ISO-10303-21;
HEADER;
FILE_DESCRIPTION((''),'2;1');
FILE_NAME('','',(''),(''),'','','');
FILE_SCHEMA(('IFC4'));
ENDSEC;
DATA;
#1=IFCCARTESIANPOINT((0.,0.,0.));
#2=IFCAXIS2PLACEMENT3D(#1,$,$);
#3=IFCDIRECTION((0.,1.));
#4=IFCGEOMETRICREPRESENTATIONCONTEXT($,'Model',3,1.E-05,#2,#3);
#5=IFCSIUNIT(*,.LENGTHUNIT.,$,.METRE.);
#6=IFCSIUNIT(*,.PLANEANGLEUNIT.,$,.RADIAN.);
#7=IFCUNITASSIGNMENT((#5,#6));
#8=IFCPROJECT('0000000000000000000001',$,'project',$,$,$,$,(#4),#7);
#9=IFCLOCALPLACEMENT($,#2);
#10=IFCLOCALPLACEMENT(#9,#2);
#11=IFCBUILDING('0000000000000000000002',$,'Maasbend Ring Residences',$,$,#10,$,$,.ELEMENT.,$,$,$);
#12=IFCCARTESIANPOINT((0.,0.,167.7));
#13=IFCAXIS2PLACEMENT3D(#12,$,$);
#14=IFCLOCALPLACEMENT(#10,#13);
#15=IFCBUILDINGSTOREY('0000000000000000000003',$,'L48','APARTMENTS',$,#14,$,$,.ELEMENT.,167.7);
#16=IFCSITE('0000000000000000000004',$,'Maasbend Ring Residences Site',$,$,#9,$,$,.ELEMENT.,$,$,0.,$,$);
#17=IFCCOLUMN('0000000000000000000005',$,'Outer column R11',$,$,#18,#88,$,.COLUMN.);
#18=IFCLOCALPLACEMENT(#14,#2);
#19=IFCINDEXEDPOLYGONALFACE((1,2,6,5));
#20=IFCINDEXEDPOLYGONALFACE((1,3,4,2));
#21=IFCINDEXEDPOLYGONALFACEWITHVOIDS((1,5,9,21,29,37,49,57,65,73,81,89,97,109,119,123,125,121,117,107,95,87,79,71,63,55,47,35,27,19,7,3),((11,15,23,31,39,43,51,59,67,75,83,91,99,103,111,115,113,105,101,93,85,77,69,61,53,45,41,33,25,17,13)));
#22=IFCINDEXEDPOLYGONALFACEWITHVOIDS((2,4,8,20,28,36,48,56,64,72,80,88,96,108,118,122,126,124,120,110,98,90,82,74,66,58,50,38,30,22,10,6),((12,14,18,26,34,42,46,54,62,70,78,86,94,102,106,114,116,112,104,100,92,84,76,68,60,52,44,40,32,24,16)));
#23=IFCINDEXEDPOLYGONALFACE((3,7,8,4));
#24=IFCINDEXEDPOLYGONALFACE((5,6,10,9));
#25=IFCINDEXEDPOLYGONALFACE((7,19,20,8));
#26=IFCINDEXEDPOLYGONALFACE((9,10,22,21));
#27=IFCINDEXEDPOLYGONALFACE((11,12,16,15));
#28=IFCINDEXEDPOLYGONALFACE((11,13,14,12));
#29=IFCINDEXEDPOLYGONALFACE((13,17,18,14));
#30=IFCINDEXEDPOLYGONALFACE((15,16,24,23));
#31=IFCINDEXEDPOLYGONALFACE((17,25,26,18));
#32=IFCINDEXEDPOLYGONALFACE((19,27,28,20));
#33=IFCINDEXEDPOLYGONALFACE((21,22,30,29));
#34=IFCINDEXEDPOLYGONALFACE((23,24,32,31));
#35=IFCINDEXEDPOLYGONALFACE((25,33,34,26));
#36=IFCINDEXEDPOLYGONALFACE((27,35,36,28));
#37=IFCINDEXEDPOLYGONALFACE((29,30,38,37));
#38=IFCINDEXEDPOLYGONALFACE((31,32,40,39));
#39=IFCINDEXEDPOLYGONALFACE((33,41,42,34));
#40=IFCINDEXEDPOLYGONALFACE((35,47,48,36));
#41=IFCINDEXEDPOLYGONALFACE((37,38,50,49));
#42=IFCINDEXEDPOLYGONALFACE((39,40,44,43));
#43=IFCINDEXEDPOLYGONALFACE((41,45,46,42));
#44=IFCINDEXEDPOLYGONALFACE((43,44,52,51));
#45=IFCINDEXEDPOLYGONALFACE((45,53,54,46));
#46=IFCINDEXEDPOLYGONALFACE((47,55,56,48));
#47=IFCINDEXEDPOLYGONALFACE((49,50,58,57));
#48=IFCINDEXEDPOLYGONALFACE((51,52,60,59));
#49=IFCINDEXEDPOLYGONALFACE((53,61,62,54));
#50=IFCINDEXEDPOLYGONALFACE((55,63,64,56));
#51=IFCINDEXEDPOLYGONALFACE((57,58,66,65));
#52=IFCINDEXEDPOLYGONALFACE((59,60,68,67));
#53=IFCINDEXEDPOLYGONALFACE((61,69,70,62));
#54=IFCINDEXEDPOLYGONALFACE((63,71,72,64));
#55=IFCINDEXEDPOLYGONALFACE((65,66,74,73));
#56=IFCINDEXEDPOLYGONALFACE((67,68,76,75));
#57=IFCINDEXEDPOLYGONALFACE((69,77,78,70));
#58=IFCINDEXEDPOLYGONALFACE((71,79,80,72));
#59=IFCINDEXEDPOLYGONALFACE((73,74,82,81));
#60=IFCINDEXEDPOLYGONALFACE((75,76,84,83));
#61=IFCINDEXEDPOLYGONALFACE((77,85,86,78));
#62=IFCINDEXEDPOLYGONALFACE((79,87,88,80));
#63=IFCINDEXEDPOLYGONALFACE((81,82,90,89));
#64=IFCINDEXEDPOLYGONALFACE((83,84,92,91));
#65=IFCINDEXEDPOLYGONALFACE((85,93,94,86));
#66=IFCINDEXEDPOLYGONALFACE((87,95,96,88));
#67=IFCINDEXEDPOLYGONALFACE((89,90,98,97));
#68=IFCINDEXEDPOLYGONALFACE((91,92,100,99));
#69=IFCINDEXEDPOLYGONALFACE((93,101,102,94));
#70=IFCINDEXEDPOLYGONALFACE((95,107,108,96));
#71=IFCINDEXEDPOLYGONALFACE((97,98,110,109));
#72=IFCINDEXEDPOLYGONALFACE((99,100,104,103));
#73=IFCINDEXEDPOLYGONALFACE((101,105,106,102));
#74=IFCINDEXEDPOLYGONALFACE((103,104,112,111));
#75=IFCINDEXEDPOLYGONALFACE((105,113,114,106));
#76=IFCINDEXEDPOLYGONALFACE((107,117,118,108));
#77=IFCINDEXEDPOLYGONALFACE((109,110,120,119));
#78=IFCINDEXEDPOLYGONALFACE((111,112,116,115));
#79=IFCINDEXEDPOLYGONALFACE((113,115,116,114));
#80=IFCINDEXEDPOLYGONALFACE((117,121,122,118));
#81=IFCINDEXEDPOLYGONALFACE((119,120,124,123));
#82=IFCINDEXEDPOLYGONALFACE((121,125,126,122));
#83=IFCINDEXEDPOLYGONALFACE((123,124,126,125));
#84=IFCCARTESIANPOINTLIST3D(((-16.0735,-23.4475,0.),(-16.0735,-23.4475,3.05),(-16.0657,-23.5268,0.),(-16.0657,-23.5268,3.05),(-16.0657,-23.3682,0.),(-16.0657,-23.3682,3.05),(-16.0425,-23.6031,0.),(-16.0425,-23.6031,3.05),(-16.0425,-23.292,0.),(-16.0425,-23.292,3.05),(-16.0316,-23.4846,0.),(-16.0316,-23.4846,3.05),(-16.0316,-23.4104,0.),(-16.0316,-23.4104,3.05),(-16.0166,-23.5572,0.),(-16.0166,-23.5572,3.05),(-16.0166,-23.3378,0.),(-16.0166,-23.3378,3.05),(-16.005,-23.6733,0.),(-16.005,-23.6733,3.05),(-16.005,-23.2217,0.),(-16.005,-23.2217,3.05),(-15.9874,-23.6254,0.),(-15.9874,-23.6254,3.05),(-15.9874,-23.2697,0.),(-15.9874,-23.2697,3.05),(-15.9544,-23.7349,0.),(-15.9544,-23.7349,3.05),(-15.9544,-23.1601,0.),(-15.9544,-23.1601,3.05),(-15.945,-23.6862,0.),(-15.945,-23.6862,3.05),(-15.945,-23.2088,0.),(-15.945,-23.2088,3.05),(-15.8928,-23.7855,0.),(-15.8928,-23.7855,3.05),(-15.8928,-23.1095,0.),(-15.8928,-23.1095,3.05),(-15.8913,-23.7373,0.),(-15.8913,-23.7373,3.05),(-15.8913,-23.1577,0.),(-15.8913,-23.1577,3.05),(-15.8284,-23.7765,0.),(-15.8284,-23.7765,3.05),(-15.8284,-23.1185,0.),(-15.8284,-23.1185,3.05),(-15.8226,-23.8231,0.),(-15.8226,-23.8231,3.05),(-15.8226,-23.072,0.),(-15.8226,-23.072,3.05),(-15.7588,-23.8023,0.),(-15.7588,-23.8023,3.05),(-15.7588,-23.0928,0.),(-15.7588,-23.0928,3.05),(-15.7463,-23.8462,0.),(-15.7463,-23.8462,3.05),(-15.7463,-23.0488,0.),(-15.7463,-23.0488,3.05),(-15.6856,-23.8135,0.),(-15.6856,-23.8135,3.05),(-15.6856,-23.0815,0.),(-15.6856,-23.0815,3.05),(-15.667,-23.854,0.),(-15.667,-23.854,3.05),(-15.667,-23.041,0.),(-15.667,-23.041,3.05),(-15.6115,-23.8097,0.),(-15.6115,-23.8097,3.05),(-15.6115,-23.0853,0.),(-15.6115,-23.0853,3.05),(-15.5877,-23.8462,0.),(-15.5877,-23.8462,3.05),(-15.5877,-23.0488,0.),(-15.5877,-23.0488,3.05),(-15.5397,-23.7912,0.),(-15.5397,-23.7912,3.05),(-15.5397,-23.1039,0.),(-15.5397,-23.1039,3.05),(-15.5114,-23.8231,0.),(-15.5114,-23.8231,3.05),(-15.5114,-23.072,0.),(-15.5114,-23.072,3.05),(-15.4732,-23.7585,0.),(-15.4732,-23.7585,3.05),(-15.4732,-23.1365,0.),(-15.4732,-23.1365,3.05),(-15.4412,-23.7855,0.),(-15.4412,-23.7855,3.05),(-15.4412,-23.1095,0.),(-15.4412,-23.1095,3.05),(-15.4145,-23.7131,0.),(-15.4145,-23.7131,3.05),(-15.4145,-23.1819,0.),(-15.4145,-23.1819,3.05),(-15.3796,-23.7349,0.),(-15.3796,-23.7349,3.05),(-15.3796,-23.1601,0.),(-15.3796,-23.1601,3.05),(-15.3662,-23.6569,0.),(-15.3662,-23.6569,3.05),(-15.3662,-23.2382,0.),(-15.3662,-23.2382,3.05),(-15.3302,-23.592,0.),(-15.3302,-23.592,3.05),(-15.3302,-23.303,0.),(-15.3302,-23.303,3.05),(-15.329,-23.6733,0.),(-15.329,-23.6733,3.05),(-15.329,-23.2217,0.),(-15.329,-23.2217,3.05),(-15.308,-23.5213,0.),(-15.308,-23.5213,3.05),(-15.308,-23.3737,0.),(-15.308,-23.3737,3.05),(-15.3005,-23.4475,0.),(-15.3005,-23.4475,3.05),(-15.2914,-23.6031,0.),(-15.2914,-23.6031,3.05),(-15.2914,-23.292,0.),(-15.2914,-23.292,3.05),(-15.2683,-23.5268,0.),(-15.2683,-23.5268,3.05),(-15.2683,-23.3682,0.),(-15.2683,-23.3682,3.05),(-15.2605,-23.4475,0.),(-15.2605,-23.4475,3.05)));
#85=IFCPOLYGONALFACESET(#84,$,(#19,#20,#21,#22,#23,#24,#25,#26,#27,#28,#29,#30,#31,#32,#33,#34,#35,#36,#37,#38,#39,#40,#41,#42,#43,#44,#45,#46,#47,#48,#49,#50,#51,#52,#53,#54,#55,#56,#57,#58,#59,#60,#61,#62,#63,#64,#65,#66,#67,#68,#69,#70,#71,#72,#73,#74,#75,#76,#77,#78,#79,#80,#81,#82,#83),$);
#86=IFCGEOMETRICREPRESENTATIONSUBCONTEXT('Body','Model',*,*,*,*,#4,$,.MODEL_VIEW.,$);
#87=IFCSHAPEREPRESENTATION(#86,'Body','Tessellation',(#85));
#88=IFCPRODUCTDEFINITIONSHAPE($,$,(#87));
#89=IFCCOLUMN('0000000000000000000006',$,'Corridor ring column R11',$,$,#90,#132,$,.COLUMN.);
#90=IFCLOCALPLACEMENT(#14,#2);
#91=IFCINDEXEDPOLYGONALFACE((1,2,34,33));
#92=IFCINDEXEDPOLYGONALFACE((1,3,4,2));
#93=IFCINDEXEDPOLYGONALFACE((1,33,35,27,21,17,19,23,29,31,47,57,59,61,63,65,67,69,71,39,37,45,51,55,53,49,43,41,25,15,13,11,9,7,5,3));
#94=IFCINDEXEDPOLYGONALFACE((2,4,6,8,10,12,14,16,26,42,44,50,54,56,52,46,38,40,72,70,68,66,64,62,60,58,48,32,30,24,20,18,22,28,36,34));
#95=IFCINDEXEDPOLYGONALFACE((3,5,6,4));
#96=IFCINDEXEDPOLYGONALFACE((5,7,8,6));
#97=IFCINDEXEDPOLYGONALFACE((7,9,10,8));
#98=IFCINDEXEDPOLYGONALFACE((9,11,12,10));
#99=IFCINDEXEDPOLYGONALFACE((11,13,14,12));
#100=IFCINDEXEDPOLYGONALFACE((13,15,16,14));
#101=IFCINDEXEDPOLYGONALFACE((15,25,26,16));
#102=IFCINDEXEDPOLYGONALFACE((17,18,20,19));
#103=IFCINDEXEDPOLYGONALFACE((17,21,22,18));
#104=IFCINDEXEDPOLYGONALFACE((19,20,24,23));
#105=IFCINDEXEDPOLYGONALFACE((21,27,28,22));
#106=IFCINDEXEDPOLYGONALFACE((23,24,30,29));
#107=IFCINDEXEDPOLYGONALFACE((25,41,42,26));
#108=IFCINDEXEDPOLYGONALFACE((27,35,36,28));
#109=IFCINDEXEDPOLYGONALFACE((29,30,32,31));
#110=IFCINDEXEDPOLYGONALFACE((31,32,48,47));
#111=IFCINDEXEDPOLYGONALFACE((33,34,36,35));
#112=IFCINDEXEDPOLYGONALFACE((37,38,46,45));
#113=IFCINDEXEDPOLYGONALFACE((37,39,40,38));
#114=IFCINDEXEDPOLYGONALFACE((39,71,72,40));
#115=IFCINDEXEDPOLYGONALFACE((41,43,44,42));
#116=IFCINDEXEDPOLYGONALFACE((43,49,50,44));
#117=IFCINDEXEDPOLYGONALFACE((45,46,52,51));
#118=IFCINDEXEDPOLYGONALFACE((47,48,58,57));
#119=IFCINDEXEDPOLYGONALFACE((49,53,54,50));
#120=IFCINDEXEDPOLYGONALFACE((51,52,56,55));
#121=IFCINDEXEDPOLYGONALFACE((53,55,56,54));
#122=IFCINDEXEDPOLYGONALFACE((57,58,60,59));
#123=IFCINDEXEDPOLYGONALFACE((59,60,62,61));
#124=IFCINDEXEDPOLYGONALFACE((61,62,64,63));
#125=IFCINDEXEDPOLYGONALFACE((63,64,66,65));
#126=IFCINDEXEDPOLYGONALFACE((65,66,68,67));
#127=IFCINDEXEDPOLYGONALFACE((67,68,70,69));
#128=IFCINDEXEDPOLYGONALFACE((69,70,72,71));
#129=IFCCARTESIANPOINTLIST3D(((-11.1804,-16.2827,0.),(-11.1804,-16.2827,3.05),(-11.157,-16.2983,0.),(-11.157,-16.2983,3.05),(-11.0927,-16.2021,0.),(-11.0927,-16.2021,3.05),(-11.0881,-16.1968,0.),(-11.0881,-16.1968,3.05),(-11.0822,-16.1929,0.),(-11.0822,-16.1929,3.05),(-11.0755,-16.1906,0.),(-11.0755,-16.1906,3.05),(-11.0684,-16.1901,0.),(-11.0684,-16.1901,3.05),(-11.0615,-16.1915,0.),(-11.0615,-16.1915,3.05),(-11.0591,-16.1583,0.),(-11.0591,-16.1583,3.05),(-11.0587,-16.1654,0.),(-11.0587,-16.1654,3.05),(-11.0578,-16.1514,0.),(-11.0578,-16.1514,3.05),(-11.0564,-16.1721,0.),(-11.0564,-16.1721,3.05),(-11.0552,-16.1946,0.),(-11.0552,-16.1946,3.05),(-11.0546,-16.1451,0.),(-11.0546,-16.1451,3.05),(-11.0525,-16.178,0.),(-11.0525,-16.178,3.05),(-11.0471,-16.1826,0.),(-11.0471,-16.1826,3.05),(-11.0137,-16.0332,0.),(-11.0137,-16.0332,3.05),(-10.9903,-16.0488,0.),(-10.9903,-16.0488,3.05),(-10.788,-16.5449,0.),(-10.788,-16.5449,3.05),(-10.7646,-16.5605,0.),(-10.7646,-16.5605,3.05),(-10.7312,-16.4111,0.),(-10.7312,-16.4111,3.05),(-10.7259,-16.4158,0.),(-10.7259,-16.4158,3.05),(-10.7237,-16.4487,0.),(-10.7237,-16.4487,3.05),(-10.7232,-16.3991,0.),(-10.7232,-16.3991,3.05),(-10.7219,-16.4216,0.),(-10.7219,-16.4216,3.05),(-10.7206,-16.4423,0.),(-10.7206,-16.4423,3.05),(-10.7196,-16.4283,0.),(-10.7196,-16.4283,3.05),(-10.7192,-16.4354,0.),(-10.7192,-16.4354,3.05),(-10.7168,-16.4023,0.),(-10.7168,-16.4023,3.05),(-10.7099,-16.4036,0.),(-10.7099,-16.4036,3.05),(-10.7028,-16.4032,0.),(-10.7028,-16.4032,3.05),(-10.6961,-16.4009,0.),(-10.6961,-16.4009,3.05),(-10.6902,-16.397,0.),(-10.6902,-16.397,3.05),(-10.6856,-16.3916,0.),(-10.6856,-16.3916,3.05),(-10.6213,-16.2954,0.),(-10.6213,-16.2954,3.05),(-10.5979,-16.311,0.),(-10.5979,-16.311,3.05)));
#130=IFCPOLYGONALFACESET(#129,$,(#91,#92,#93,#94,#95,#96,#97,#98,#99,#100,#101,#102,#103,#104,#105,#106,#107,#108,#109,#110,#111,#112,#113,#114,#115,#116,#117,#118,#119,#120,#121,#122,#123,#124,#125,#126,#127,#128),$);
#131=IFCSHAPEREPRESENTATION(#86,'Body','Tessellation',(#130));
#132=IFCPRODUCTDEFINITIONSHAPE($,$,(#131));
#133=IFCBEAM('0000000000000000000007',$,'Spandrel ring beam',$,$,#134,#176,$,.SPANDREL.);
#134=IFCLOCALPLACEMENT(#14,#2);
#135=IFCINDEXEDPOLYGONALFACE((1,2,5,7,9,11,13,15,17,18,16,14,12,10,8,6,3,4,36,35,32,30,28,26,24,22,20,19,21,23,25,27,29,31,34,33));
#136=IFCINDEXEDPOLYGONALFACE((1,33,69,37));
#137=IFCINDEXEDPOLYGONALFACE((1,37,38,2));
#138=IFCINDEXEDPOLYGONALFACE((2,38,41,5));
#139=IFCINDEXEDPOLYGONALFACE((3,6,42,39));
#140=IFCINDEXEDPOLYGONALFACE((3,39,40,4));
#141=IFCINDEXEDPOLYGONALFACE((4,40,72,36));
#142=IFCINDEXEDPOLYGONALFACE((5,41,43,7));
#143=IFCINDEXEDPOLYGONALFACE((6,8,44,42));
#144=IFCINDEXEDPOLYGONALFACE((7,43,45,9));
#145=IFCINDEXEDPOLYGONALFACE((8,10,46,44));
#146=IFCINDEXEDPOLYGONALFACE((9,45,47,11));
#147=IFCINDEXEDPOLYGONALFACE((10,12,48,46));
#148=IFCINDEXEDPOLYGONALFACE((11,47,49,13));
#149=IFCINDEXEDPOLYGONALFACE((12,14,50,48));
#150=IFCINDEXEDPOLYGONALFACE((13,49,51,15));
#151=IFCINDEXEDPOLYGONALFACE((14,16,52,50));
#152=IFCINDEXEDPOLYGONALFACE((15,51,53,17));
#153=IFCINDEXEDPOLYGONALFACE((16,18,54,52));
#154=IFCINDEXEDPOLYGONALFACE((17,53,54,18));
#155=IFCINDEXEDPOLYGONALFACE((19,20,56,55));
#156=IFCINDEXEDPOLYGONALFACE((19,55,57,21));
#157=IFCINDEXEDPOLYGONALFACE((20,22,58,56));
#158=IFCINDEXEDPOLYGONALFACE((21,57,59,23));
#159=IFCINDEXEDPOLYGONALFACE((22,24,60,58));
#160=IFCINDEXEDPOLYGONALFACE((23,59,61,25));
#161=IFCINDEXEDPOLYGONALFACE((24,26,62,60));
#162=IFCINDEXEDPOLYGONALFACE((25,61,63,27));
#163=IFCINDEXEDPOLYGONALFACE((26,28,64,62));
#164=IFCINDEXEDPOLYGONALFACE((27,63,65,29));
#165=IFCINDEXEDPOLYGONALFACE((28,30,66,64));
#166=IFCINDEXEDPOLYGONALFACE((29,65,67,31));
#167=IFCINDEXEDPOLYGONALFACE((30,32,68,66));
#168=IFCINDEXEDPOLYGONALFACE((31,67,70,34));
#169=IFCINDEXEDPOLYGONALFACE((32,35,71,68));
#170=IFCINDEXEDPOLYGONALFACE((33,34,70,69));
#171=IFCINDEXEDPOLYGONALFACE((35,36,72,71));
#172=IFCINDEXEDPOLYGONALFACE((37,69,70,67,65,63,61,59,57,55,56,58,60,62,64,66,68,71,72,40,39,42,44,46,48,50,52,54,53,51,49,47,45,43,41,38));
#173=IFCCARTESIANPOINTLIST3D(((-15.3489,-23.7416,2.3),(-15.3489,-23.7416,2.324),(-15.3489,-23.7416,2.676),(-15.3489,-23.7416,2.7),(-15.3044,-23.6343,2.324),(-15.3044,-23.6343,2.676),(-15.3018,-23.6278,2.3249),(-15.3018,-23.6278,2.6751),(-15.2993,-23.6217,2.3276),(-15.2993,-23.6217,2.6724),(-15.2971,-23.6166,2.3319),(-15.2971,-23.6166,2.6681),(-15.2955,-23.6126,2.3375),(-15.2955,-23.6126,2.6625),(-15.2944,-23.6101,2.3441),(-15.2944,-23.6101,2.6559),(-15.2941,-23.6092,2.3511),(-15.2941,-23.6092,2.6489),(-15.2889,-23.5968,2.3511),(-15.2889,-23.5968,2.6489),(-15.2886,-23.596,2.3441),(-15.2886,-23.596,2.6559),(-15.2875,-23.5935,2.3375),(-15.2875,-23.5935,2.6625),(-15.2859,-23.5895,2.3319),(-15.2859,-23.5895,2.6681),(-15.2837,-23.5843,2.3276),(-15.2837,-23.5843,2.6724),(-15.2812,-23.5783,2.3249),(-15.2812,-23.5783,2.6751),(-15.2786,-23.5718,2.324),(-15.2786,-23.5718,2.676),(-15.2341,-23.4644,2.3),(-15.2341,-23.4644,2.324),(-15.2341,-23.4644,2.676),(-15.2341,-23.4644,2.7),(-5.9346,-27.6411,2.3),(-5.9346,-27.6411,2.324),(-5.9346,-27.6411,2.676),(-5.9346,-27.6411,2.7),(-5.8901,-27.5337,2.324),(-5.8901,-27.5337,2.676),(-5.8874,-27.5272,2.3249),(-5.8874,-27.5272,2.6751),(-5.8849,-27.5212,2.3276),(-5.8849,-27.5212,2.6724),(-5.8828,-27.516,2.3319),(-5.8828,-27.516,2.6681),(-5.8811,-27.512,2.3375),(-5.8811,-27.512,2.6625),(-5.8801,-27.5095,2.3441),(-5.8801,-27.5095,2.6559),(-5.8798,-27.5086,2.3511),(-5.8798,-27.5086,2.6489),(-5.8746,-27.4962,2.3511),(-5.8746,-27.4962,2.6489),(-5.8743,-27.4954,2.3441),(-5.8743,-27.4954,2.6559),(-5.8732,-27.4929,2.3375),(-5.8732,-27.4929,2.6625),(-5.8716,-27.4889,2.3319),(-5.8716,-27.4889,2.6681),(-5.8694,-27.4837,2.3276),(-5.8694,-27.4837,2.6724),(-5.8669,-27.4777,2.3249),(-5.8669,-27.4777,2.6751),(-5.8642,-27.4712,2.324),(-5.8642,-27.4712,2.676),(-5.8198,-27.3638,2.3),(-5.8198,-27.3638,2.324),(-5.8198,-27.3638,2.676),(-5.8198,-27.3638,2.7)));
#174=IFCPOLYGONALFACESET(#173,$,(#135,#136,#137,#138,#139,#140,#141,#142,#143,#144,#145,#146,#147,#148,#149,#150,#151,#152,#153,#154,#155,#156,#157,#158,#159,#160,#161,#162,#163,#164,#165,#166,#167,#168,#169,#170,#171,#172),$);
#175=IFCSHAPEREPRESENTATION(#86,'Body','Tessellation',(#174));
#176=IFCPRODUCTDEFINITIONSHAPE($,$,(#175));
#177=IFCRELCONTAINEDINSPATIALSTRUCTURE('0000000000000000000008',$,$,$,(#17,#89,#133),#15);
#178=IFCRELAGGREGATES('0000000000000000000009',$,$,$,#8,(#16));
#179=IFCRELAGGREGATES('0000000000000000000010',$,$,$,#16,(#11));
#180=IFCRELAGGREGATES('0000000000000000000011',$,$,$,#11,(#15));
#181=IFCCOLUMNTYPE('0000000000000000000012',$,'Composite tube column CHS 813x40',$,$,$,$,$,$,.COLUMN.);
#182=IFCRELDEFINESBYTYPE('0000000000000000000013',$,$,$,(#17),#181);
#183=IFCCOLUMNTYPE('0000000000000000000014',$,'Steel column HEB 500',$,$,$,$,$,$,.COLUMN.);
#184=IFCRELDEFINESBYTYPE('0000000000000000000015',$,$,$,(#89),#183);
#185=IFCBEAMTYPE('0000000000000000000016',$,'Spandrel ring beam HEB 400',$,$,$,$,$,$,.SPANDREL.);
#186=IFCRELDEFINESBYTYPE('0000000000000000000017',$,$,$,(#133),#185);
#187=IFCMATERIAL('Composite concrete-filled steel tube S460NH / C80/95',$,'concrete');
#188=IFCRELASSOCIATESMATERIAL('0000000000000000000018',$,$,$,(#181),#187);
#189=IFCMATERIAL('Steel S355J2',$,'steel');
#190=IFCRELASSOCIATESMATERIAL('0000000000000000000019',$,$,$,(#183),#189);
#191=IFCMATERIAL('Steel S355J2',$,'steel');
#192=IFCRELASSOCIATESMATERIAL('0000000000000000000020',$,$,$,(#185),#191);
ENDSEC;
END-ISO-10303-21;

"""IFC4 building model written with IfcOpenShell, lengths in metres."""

from ifc_helpers import new_model, si_unit, direction, frame, origin, origin_2d, place, context, subcontext, project, spatial, hollow_circle, i_section, extrude, material, material_profile, profile_set, type_object, element, save


model = new_model("IFC4")

# Units and contexts
model_context = context("Model", 3, precision=1e-05, world=origin(), true_north=direction((0.0, 1.0)))
body_context = subcontext(model_context, "Body", "Model", "MODEL_VIEW")
ifc_project = project(units=[si_unit("LENGTHUNIT", "METRE"), si_unit("PLANEANGLEUNIT", "RADIAN")], contexts=[model_context])

# Site, building, storey
site_placement = place(None, origin())
site = spatial("IfcSite", under=ifc_project, at=site_placement, Name="Maasbend Ring Residences Site", CompositionType="ELEMENT", RefElevation=0.0)
building_placement = place(site_placement, origin())
building = spatial("IfcBuilding", under=site, at=building_placement, Name="Maasbend Ring Residences", CompositionType="ELEMENT")
storey_placement = place(building_placement, frame((0.0, 0.0, 167.7)))
storey = spatial("IfcBuildingStorey", under=building, at=storey_placement, Name="L48", Description="APARTMENTS", CompositionType="ELEMENT", Elevation=167.7)

# Columns
ifc_material_1 = material(Name="Composite concrete-filled steel tube S460NH / C80/95", Category="concrete")
ifc_material_profile_1 = material_profile(ifc_material_1, hollow_circle(Radius=0.4065, WallThickness=0.04, at=origin_2d()), Name="Composite tube column CHS 813x40")
ifc_profile_set_1 = profile_set([ifc_material_profile_1], Name="Composite concrete-filled steel tube S460NH / C80/95")
column_type_1 = type_object("IfcColumnType", Name="Composite tube column CHS 813x40", PredefinedType="COLUMN", material=ifc_profile_set_1)
column_1_placement = place(storey_placement, frame((-15.667, -23.4475, 0.0), z_axis=(0.0, 0.0, 1.0), x_axis=(1.0, 0.0, 0.0)))
element("IfcColumn", 1, at=column_1_placement, inside=storey, type_object=column_type_1, Name="Outer column R11", PredefinedType="COLUMN", context=body_context, shape_type="SweptSolid", body=[
    extrude(hollow_circle(Radius=0.4065, WallThickness=0.04, at=origin_2d()), origin(), (0.0, 0.0, 1.0), 3.05),
])
ifc_material_2 = material(Name="Steel S355J2", Category="steel")
ifc_material_profile_2 = material_profile(ifc_material_2, i_section(OverallWidth=0.3, OverallDepth=0.5, WebThickness=0.0144, FlangeThickness=0.0281, FilletRadius=0.0271, at=origin_2d()), Name="HEB 500")
ifc_profile_set_2 = profile_set([ifc_material_profile_2], Name="Steel S355J2")
column_type_2 = type_object("IfcColumnType", Name="Steel column HEB 500", PredefinedType="COLUMN", material=ifc_profile_set_2)
column_2_placement = place(storey_placement, frame((-10.8892, -16.2969, 0.0), z_axis=(0.0, 0.0, 1.0), x_axis=(-0.55557, -0.83147, 0.0)))
element("IfcColumn", 2, at=column_2_placement, inside=storey, type_object=column_type_2, Name="Corridor ring column R11", PredefinedType="COLUMN", context=body_context, shape_type="SweptSolid", body=[
    extrude(i_section(OverallWidth=0.3, OverallDepth=0.5, WebThickness=0.0144, FlangeThickness=0.0281, FilletRadius=0.0271, at=origin_2d()), origin(), (0.0, 0.0, 1.0), 3.05),
])

# Beam
ifc_material_3 = material(Name="Steel S355J2", Category="steel")
ifc_material_profile_3 = material_profile(ifc_material_3, i_section(OverallWidth=0.3, OverallDepth=0.3999, WebThickness=0.0134, FlangeThickness=0.0239, FilletRadius=0.0271, at=origin_2d()), Name="HEB 400")
ifc_profile_set_3 = profile_set([ifc_material_profile_3], Name="Steel S355J2")
beam_type = type_object("IfcBeamType", Name="Spandrel ring beam HEB 400", PredefinedType="SPANDREL", material=ifc_profile_set_3)
beam_placement = place(storey_placement, frame((-15.2915, -23.603, 2.5), z_axis=(0.923884, -0.382673, 0.0), x_axis=(0.382673, 0.923884, 0.0)))
element("IfcBeam", 3, at=beam_placement, inside=storey, type_object=beam_type, Name="Spandrel ring beam", PredefinedType="SPANDREL", context=body_context, shape_type="SweptSolid", body=[
    extrude(i_section(OverallWidth=0.3, OverallDepth=0.3999, WebThickness=0.0134, FlangeThickness=0.0239, FilletRadius=0.0271, at=origin_2d()), origin(), (0.0, 0.0, 1.0), 10.1899),
])

save(model, "model.ifc")
